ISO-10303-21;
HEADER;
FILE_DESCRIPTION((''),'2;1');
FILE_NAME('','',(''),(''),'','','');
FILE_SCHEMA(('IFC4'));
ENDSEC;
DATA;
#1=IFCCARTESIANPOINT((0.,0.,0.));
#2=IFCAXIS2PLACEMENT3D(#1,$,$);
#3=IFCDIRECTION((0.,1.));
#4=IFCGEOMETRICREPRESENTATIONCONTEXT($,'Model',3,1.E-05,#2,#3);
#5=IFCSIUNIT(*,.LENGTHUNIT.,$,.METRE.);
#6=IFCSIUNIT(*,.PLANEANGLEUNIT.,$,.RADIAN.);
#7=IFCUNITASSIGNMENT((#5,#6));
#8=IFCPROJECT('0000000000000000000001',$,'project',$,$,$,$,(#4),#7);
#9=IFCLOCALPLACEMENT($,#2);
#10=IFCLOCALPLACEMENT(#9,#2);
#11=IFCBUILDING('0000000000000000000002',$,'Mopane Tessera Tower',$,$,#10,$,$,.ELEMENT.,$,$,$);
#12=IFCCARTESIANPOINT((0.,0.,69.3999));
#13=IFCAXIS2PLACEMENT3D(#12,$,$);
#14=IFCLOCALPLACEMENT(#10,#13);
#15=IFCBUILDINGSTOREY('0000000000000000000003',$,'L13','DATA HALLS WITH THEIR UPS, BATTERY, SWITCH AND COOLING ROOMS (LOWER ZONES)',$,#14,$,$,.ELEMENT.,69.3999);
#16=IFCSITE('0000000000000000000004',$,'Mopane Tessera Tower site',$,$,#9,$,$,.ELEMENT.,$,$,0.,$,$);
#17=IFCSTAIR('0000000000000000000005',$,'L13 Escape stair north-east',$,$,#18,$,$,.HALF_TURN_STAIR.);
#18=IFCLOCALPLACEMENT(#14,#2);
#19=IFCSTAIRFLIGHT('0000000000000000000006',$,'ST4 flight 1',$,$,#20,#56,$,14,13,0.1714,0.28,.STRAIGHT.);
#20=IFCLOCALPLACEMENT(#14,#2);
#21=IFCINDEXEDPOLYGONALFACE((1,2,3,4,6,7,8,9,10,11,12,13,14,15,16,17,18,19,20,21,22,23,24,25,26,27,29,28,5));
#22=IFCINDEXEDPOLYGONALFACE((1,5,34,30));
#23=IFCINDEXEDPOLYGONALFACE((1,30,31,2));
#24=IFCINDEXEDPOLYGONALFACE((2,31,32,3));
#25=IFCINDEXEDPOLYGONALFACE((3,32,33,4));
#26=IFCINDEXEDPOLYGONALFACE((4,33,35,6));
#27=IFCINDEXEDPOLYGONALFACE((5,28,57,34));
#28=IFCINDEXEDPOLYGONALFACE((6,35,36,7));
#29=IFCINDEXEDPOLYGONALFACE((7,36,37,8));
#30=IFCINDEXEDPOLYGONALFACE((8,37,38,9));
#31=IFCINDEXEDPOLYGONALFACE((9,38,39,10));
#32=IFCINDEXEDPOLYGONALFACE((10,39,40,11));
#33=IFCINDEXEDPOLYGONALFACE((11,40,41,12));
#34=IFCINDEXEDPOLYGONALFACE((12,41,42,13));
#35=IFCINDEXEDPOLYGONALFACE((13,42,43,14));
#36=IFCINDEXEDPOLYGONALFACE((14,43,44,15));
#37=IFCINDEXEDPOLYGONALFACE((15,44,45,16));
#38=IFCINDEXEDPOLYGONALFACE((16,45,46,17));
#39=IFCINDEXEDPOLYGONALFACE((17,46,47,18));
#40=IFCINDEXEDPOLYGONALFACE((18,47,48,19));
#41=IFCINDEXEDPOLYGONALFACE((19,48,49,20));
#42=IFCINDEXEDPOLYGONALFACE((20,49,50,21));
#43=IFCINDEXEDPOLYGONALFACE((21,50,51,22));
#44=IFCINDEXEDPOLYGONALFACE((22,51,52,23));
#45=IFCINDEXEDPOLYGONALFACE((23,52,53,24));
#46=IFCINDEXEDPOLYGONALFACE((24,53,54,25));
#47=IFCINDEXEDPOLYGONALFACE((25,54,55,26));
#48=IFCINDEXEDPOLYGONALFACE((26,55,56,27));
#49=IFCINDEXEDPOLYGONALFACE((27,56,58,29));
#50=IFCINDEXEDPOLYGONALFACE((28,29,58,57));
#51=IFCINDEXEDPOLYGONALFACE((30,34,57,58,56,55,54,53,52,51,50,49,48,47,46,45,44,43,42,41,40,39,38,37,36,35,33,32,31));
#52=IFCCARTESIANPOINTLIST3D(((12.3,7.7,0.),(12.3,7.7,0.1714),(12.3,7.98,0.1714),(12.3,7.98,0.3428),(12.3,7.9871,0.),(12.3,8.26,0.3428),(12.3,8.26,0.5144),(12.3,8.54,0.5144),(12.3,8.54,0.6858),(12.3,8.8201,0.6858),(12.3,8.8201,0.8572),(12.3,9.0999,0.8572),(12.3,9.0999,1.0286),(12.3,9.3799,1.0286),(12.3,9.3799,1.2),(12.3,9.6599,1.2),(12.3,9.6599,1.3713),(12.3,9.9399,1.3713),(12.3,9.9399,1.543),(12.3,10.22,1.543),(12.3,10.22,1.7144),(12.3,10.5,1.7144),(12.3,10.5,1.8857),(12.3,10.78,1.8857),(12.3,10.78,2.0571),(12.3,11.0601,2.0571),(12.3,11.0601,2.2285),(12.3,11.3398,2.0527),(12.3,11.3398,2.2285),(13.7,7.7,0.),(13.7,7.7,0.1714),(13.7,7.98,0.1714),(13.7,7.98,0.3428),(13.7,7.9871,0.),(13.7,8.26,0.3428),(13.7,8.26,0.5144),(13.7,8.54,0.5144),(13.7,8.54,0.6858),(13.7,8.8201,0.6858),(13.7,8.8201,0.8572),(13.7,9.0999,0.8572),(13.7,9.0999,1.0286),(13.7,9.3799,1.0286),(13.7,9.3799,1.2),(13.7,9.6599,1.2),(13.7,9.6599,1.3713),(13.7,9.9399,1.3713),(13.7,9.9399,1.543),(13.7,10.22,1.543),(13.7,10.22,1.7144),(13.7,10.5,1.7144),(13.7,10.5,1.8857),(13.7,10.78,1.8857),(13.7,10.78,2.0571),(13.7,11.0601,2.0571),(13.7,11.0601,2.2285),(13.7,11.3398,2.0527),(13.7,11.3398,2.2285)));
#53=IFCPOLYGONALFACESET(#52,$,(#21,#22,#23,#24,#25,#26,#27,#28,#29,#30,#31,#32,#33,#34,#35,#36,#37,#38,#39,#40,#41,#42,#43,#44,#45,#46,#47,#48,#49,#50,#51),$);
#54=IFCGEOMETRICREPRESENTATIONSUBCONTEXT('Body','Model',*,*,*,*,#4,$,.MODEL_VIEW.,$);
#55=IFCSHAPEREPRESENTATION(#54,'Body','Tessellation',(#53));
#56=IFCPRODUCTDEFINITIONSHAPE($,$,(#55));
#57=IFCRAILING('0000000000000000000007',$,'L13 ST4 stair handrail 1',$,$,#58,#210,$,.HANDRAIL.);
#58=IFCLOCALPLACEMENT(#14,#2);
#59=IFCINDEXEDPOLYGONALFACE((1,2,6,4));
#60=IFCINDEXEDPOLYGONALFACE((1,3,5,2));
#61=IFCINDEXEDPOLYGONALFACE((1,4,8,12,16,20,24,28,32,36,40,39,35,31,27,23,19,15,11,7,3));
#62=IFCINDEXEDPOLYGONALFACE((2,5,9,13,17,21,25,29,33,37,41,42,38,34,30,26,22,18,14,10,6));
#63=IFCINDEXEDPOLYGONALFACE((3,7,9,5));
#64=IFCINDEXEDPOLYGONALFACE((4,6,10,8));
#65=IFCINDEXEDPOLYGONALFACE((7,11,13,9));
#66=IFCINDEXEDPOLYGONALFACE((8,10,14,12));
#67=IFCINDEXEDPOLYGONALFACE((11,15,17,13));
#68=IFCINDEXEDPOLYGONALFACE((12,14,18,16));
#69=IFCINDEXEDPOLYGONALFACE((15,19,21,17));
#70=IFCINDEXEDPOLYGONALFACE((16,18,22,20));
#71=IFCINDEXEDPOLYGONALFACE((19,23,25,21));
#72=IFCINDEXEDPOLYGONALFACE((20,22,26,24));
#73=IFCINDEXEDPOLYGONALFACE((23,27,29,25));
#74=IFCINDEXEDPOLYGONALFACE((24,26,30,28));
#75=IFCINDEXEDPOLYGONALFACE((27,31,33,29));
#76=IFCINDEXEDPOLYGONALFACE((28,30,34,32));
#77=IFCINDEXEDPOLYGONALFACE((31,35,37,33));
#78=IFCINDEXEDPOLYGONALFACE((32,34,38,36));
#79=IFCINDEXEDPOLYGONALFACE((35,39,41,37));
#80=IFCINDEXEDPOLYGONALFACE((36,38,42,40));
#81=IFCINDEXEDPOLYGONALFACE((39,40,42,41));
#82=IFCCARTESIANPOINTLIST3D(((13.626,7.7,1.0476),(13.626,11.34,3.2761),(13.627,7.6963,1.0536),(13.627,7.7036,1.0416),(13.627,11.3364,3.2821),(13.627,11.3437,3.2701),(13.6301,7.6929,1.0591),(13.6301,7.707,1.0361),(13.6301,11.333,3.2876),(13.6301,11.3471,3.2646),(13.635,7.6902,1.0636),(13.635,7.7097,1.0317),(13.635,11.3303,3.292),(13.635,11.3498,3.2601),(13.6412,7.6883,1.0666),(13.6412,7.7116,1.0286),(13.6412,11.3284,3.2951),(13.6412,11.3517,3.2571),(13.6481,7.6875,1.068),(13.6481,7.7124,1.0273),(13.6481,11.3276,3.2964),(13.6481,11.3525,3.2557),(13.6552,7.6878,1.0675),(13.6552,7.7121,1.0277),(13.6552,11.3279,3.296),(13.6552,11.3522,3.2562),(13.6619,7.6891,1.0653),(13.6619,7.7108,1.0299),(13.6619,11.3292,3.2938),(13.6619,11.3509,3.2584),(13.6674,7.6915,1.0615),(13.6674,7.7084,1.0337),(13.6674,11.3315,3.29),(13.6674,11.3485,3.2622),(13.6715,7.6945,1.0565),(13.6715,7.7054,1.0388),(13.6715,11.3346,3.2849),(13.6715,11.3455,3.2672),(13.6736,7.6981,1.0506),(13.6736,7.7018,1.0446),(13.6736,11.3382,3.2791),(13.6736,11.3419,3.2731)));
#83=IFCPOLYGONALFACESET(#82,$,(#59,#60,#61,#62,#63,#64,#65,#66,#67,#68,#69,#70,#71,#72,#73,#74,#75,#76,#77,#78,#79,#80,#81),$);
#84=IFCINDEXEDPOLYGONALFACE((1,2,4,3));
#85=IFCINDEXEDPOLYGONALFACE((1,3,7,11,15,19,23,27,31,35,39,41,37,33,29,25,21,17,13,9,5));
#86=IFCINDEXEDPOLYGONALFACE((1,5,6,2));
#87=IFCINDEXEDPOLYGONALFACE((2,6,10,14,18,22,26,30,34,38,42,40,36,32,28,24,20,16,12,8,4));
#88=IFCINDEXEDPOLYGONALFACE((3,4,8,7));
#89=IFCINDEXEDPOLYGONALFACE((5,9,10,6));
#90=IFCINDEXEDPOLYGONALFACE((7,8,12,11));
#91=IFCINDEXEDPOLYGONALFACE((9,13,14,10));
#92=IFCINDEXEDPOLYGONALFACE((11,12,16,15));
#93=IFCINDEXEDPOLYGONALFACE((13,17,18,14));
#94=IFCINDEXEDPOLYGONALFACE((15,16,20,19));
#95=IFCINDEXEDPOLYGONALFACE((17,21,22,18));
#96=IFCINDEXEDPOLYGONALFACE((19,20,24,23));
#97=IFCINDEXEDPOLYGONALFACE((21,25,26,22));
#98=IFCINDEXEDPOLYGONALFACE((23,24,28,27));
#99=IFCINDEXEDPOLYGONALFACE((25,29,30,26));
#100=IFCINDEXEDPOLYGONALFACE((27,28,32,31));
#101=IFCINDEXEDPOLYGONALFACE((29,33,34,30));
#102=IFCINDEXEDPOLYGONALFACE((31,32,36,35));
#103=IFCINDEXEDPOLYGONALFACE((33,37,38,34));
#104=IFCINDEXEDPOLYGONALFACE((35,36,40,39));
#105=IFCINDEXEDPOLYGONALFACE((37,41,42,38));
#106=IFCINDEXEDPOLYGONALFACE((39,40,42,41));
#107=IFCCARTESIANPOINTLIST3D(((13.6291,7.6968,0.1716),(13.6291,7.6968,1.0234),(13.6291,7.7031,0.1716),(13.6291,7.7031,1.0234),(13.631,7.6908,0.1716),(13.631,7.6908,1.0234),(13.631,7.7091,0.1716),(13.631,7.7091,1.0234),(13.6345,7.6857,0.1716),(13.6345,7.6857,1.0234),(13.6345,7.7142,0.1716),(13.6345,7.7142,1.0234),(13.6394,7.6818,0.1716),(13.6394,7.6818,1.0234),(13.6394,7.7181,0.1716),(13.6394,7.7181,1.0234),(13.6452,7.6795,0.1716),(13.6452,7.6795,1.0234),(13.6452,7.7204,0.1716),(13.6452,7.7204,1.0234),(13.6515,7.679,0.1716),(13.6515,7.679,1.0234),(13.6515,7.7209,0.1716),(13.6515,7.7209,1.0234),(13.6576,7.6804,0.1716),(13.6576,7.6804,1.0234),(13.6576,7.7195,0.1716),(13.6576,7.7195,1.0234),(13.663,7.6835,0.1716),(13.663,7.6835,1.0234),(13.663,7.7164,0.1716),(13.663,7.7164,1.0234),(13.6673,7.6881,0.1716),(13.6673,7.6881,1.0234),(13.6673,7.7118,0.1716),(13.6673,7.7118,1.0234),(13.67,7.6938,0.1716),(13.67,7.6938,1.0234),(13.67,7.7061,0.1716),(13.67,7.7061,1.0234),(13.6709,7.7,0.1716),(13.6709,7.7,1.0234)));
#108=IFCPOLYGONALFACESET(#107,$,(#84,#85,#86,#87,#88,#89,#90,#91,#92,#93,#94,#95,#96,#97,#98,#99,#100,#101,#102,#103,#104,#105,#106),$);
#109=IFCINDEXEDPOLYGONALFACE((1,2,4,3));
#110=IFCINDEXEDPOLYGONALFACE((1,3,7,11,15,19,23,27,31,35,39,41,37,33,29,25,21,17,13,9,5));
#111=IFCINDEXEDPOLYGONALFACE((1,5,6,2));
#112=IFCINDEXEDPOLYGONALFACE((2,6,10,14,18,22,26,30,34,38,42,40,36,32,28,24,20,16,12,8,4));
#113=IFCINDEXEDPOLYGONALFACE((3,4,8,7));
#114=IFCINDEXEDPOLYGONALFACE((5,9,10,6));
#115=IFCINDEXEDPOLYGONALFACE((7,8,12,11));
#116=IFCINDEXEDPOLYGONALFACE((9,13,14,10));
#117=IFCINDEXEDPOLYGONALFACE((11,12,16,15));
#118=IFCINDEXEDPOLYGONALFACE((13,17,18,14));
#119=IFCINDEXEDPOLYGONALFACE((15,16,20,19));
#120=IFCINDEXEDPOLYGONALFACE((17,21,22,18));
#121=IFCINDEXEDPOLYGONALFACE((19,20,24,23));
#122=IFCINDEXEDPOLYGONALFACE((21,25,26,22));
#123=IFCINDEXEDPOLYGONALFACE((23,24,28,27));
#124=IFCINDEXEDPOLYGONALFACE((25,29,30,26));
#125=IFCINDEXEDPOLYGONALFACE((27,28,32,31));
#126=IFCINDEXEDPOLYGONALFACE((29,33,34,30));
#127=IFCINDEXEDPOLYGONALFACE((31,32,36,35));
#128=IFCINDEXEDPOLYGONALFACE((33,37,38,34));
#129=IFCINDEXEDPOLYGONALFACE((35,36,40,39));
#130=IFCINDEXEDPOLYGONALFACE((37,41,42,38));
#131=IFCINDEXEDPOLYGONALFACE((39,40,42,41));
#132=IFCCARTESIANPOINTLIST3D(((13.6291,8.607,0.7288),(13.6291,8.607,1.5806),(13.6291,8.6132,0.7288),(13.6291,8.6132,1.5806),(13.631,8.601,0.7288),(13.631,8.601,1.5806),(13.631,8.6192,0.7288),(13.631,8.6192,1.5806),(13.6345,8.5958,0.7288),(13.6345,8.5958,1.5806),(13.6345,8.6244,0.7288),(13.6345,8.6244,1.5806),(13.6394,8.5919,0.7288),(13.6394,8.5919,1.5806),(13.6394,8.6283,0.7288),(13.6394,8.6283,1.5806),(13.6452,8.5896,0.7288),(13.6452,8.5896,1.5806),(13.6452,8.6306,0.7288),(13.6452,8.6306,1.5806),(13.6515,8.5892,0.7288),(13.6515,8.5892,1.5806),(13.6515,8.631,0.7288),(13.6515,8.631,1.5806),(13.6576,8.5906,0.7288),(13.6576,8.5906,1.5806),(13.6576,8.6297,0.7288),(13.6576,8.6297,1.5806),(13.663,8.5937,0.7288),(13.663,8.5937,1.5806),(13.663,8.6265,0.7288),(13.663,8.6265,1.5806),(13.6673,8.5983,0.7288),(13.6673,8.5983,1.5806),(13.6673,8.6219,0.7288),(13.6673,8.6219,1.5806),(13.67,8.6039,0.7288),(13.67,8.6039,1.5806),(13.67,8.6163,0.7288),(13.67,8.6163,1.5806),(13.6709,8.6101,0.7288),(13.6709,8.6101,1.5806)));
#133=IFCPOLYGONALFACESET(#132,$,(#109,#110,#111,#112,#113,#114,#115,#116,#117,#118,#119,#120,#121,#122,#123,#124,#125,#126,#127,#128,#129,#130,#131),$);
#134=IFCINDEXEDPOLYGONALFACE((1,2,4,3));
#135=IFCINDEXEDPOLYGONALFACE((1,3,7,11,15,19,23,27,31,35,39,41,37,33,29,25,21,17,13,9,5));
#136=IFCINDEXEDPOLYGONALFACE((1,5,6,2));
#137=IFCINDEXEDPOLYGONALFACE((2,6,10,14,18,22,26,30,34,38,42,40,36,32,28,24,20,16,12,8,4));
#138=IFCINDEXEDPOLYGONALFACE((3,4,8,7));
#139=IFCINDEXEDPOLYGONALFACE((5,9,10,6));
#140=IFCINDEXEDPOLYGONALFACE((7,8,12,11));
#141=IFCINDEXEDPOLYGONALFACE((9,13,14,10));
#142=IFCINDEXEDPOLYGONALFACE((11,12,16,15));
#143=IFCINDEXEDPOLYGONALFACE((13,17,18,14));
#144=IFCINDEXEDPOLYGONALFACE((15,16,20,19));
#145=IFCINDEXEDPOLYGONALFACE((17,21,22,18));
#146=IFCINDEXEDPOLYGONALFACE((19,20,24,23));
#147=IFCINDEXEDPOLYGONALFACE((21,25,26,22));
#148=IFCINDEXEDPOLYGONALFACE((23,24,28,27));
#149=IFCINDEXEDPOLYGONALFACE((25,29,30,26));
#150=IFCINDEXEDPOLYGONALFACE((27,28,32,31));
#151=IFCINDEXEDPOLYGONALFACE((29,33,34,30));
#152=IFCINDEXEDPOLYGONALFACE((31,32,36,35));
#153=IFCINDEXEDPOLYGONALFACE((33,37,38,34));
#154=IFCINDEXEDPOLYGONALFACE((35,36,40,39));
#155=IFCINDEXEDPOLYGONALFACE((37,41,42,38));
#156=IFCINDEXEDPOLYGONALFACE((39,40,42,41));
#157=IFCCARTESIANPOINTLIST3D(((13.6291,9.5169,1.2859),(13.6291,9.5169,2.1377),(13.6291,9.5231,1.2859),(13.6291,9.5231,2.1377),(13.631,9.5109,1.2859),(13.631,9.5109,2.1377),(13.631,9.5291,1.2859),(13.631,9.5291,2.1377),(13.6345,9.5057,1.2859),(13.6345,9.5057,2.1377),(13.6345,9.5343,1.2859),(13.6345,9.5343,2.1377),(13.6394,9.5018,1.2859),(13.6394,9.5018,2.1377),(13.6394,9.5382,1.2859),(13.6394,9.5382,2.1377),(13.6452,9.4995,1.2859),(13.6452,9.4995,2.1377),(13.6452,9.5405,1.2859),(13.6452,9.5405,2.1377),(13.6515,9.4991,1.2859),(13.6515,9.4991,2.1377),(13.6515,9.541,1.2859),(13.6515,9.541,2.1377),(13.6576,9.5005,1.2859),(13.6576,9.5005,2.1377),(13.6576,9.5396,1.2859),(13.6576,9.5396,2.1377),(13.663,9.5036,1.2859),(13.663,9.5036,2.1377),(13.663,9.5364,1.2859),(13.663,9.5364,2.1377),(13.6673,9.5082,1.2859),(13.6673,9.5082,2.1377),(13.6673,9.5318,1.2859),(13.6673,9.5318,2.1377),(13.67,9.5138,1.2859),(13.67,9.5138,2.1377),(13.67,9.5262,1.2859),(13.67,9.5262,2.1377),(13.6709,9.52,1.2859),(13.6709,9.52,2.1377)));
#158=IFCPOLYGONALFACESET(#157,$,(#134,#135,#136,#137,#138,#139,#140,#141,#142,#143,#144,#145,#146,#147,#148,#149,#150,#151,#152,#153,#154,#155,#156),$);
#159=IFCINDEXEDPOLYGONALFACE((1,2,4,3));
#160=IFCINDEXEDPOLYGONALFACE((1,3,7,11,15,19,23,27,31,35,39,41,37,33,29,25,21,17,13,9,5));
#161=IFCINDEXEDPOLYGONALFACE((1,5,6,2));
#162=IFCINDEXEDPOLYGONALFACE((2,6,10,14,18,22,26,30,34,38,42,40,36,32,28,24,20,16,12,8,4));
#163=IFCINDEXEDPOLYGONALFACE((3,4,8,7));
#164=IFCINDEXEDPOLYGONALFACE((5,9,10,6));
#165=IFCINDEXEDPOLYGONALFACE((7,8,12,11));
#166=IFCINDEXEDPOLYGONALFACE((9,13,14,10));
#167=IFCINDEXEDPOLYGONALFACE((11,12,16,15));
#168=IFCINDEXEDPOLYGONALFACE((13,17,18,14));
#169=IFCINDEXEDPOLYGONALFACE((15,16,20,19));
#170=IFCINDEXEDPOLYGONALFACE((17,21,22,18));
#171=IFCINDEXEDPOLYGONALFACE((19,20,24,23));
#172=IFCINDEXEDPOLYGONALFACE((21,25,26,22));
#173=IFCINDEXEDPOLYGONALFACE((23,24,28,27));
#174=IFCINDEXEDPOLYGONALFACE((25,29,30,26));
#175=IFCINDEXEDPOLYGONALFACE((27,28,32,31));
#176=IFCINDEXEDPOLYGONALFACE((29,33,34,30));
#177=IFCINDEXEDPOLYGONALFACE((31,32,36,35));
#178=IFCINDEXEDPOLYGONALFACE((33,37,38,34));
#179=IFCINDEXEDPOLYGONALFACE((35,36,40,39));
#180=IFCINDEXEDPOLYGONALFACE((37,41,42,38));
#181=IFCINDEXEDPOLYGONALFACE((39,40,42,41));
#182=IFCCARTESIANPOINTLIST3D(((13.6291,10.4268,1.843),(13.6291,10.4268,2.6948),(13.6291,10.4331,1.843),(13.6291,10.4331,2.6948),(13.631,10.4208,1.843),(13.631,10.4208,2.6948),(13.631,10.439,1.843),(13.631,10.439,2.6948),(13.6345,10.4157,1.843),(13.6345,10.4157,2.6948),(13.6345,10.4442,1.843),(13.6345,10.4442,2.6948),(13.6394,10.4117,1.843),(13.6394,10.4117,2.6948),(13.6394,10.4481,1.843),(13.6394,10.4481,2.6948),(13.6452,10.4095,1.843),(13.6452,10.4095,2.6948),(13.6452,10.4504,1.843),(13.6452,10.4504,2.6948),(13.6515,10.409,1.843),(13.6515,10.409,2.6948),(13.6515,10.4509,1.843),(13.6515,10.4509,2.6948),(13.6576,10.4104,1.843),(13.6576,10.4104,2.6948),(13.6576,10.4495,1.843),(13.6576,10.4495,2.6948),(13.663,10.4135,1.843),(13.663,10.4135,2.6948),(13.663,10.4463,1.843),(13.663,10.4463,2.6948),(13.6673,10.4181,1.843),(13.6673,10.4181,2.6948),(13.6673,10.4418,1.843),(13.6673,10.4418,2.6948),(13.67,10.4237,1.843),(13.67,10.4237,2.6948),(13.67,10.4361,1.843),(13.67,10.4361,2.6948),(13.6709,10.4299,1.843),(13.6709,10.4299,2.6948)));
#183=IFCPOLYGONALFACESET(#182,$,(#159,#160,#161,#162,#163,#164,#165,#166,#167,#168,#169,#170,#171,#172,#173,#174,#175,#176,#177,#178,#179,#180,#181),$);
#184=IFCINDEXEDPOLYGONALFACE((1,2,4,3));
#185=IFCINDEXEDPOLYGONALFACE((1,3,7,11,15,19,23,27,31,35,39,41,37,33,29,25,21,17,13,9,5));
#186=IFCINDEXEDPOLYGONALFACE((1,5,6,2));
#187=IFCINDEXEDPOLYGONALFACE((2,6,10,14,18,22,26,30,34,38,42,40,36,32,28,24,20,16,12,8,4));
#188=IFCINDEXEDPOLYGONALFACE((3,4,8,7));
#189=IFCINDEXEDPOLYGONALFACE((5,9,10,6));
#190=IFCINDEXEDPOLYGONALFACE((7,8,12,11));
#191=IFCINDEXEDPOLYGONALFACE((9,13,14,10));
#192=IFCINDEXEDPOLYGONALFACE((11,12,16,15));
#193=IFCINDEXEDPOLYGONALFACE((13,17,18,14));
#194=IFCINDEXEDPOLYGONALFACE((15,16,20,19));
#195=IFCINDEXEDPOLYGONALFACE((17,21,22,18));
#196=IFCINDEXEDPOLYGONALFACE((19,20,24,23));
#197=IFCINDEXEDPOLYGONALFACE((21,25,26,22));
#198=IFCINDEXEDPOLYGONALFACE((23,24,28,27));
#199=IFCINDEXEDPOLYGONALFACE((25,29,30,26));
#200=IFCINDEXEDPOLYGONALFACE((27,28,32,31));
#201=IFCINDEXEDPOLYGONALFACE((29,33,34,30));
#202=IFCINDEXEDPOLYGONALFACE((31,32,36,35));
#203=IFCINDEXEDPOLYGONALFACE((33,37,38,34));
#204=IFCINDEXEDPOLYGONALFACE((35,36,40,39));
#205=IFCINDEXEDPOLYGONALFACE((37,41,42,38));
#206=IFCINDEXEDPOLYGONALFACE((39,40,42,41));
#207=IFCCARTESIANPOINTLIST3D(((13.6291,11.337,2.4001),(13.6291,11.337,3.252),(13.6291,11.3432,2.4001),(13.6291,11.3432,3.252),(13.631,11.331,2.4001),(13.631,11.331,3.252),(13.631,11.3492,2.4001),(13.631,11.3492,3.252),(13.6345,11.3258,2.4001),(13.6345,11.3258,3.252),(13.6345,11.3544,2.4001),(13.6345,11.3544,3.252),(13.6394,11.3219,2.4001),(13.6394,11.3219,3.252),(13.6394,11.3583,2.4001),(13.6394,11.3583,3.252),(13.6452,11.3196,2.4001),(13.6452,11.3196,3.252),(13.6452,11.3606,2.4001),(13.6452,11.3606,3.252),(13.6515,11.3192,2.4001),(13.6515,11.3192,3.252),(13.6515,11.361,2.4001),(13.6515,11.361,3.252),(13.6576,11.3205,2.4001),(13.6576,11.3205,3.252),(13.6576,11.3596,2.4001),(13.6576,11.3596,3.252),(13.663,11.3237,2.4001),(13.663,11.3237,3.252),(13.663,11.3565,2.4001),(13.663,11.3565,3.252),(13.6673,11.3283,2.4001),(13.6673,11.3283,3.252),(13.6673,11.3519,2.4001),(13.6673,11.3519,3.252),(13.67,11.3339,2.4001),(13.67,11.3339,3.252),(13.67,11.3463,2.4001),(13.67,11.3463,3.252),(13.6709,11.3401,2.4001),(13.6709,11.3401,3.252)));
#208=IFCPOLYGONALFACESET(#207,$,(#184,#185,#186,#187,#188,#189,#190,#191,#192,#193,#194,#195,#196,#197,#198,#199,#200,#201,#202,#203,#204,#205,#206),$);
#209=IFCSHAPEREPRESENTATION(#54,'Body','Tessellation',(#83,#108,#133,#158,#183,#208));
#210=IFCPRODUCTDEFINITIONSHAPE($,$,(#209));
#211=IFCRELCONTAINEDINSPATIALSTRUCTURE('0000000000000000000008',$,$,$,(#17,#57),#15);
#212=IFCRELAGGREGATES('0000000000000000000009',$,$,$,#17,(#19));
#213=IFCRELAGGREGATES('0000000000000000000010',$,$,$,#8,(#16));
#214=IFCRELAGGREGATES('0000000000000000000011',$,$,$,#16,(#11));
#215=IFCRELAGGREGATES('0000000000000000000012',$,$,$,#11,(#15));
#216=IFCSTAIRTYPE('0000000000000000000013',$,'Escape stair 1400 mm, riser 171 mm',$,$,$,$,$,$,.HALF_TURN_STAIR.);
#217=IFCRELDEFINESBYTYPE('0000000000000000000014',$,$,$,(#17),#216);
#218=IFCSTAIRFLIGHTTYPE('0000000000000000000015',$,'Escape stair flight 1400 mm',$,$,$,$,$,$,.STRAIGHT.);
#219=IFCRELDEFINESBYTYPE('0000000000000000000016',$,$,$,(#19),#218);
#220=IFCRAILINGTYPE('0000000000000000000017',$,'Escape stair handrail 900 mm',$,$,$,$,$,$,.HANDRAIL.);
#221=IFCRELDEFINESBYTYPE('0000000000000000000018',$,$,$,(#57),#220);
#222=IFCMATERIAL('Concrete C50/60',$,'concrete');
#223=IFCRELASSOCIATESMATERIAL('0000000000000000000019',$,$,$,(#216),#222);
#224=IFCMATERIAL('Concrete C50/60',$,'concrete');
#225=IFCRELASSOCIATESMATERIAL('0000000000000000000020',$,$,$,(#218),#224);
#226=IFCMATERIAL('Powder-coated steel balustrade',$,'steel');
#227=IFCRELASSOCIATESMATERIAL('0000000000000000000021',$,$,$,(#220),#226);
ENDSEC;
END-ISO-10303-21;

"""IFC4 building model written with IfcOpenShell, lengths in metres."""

from ifc_helpers import new_model, si_unit, direction, frame, origin, origin_2d, place, context, subcontext, project, spatial, polyline, circle, outline, extrude, material, type_object, element, aggregate, save


model = new_model("IFC4")

# Units and contexts
model_context = context("Model", 3, precision=1e-05, world=origin(), true_north=direction((0.0, 1.0)))
body_context = subcontext(model_context, "Body", "Model", "MODEL_VIEW")
ifc_project = project(units=[si_unit("LENGTHUNIT", "METRE"), si_unit("PLANEANGLEUNIT", "RADIAN")], contexts=[model_context])

# Site, building, storey
site_placement = place(None, origin())
site = spatial("IfcSite", under=ifc_project, at=site_placement, Name="Mopane Tessera Tower site", CompositionType="ELEMENT", RefElevation=0.0)
building_placement = place(site_placement, origin())
building = spatial("IfcBuilding", under=site, at=building_placement, Name="Mopane Tessera Tower", CompositionType="ELEMENT")
storey_placement = place(building_placement, frame((0.0, 0.0, 69.3999)))
storey = spatial("IfcBuildingStorey", under=building, at=storey_placement, Name="L13", Description="DATA HALLS WITH THEIR UPS, BATTERY, SWITCH AND COOLING ROOMS (LOWER ZONES)", CompositionType="ELEMENT", Elevation=69.3999)

# Stair, stair flight
ifc_material_1 = material(Name="Concrete C50/60", Category="concrete")
stair_type = type_object("IfcStairType", Name="Escape stair 1400 mm, riser 171 mm", PredefinedType="HALF_TURN_STAIR", material=ifc_material_1)
stair_placement = place(storey_placement, origin())
stair = element("IfcStair", 1, at=stair_placement, inside=storey, type_object=stair_type, Name="L13 Escape stair north-east", PredefinedType="HALF_TURN_STAIR")
ifc_material_2 = material(Name="Concrete C50/60", Category="concrete")
stair_flight_type = type_object("IfcStairFlightType", Name="Escape stair flight 1400 mm", PredefinedType="STRAIGHT", material=ifc_material_2)
stair_flight_placement = place(storey_placement, frame((13.0, 7.7, 0.0), z_axis=(0.0, 0.0, 1.0), x_axis=(0.0, 1.0, 0.0)))
stair_flight = element("IfcStairFlight", 2, at=stair_flight_placement, type_object=stair_flight_type, Name="ST4 flight 1", NumberOfRisers=14, NumberOfTreads=13, PredefinedType="STRAIGHT", RiserHeight=0.1714, TreadLength=0.28, context=body_context, shape_type="SweptSolid", body=[
    extrude(outline(polyline([(0.0, 0.0), (0.0, 0.1714), (0.28, 0.1714), (0.28, 0.3428), (0.5601, 0.3428), (0.5601, 0.5144), (0.8401, 0.5144), (0.8401, 0.6858), (1.1201, 0.6858), (1.1201, 0.8572), (1.3999, 0.8572), (1.3999, 1.0286), (1.6799, 1.0286), (1.6799, 1.2), (1.96, 1.2), (1.96, 1.3713), (2.24, 1.3713), (2.24, 1.543), (2.52, 1.543), (2.52, 1.7144), (2.8, 1.7144), (2.8, 1.8857), (3.0801, 1.8857), (3.0801, 2.0571), (3.3601, 2.0571), (3.3601, 2.2285), (3.6399, 2.2285), (3.6399, 2.3999), (3.6399, 2.0527), (0.2871, 0.0), (0.0, 0.0)])), frame((0.0, 0.7, 0.0), z_axis=(0.0, -1.0, 0.0), x_axis=(1.0, 0.0, 0.0)), (0.0, 0.0, 1.0), 1.3999),
])
aggregate(stair, [stair_flight])

# Railing
ifc_material_3 = material(Name="Powder-coated steel balustrade", Category="steel")
railing_type = type_object("IfcRailingType", Name="Escape stair handrail 900 mm", PredefinedType="HANDRAIL", material=ifc_material_3)
railing_placement = place(storey_placement, frame((13.6499, 7.7, 0.1716)))
element("IfcRailing", 3, at=railing_placement, inside=storey, type_object=railing_type, Name="L13 ST4 stair handrail 1", PredefinedType="HANDRAIL", context=body_context, shape_type="SweptSolid", body=[
    extrude(circle(Radius=0.0239, at=origin_2d()), frame((0.0, 0.0, 0.876), z_axis=(0.0, 0.852866, 0.52213), x_axis=(-1.0, 0.0, 0.0)), (0.0, 0.0, 1.0), 4.2681),
    extrude(circle(Radius=0.021, at=origin_2d()), origin(), (0.0, 0.0, 1.0), 0.8518),
    extrude(circle(Radius=0.021, at=origin_2d()), frame((0.0, 0.9102, 0.5571)), (0.0, 0.0, 1.0), 0.8518),
    extrude(circle(Radius=0.021, at=origin_2d()), frame((0.0, 1.8201, 1.1143)), (0.0, 0.0, 1.0), 0.8518),
    extrude(circle(Radius=0.021, at=origin_2d()), frame((0.0, 2.73, 1.6714)), (0.0, 0.0, 1.0), 0.8518),
    extrude(circle(Radius=0.021, at=origin_2d()), frame((0.0, 3.6401, 2.2285)), (0.0, 0.0, 1.0), 0.8518),
])

save(model, "model.ifc")
